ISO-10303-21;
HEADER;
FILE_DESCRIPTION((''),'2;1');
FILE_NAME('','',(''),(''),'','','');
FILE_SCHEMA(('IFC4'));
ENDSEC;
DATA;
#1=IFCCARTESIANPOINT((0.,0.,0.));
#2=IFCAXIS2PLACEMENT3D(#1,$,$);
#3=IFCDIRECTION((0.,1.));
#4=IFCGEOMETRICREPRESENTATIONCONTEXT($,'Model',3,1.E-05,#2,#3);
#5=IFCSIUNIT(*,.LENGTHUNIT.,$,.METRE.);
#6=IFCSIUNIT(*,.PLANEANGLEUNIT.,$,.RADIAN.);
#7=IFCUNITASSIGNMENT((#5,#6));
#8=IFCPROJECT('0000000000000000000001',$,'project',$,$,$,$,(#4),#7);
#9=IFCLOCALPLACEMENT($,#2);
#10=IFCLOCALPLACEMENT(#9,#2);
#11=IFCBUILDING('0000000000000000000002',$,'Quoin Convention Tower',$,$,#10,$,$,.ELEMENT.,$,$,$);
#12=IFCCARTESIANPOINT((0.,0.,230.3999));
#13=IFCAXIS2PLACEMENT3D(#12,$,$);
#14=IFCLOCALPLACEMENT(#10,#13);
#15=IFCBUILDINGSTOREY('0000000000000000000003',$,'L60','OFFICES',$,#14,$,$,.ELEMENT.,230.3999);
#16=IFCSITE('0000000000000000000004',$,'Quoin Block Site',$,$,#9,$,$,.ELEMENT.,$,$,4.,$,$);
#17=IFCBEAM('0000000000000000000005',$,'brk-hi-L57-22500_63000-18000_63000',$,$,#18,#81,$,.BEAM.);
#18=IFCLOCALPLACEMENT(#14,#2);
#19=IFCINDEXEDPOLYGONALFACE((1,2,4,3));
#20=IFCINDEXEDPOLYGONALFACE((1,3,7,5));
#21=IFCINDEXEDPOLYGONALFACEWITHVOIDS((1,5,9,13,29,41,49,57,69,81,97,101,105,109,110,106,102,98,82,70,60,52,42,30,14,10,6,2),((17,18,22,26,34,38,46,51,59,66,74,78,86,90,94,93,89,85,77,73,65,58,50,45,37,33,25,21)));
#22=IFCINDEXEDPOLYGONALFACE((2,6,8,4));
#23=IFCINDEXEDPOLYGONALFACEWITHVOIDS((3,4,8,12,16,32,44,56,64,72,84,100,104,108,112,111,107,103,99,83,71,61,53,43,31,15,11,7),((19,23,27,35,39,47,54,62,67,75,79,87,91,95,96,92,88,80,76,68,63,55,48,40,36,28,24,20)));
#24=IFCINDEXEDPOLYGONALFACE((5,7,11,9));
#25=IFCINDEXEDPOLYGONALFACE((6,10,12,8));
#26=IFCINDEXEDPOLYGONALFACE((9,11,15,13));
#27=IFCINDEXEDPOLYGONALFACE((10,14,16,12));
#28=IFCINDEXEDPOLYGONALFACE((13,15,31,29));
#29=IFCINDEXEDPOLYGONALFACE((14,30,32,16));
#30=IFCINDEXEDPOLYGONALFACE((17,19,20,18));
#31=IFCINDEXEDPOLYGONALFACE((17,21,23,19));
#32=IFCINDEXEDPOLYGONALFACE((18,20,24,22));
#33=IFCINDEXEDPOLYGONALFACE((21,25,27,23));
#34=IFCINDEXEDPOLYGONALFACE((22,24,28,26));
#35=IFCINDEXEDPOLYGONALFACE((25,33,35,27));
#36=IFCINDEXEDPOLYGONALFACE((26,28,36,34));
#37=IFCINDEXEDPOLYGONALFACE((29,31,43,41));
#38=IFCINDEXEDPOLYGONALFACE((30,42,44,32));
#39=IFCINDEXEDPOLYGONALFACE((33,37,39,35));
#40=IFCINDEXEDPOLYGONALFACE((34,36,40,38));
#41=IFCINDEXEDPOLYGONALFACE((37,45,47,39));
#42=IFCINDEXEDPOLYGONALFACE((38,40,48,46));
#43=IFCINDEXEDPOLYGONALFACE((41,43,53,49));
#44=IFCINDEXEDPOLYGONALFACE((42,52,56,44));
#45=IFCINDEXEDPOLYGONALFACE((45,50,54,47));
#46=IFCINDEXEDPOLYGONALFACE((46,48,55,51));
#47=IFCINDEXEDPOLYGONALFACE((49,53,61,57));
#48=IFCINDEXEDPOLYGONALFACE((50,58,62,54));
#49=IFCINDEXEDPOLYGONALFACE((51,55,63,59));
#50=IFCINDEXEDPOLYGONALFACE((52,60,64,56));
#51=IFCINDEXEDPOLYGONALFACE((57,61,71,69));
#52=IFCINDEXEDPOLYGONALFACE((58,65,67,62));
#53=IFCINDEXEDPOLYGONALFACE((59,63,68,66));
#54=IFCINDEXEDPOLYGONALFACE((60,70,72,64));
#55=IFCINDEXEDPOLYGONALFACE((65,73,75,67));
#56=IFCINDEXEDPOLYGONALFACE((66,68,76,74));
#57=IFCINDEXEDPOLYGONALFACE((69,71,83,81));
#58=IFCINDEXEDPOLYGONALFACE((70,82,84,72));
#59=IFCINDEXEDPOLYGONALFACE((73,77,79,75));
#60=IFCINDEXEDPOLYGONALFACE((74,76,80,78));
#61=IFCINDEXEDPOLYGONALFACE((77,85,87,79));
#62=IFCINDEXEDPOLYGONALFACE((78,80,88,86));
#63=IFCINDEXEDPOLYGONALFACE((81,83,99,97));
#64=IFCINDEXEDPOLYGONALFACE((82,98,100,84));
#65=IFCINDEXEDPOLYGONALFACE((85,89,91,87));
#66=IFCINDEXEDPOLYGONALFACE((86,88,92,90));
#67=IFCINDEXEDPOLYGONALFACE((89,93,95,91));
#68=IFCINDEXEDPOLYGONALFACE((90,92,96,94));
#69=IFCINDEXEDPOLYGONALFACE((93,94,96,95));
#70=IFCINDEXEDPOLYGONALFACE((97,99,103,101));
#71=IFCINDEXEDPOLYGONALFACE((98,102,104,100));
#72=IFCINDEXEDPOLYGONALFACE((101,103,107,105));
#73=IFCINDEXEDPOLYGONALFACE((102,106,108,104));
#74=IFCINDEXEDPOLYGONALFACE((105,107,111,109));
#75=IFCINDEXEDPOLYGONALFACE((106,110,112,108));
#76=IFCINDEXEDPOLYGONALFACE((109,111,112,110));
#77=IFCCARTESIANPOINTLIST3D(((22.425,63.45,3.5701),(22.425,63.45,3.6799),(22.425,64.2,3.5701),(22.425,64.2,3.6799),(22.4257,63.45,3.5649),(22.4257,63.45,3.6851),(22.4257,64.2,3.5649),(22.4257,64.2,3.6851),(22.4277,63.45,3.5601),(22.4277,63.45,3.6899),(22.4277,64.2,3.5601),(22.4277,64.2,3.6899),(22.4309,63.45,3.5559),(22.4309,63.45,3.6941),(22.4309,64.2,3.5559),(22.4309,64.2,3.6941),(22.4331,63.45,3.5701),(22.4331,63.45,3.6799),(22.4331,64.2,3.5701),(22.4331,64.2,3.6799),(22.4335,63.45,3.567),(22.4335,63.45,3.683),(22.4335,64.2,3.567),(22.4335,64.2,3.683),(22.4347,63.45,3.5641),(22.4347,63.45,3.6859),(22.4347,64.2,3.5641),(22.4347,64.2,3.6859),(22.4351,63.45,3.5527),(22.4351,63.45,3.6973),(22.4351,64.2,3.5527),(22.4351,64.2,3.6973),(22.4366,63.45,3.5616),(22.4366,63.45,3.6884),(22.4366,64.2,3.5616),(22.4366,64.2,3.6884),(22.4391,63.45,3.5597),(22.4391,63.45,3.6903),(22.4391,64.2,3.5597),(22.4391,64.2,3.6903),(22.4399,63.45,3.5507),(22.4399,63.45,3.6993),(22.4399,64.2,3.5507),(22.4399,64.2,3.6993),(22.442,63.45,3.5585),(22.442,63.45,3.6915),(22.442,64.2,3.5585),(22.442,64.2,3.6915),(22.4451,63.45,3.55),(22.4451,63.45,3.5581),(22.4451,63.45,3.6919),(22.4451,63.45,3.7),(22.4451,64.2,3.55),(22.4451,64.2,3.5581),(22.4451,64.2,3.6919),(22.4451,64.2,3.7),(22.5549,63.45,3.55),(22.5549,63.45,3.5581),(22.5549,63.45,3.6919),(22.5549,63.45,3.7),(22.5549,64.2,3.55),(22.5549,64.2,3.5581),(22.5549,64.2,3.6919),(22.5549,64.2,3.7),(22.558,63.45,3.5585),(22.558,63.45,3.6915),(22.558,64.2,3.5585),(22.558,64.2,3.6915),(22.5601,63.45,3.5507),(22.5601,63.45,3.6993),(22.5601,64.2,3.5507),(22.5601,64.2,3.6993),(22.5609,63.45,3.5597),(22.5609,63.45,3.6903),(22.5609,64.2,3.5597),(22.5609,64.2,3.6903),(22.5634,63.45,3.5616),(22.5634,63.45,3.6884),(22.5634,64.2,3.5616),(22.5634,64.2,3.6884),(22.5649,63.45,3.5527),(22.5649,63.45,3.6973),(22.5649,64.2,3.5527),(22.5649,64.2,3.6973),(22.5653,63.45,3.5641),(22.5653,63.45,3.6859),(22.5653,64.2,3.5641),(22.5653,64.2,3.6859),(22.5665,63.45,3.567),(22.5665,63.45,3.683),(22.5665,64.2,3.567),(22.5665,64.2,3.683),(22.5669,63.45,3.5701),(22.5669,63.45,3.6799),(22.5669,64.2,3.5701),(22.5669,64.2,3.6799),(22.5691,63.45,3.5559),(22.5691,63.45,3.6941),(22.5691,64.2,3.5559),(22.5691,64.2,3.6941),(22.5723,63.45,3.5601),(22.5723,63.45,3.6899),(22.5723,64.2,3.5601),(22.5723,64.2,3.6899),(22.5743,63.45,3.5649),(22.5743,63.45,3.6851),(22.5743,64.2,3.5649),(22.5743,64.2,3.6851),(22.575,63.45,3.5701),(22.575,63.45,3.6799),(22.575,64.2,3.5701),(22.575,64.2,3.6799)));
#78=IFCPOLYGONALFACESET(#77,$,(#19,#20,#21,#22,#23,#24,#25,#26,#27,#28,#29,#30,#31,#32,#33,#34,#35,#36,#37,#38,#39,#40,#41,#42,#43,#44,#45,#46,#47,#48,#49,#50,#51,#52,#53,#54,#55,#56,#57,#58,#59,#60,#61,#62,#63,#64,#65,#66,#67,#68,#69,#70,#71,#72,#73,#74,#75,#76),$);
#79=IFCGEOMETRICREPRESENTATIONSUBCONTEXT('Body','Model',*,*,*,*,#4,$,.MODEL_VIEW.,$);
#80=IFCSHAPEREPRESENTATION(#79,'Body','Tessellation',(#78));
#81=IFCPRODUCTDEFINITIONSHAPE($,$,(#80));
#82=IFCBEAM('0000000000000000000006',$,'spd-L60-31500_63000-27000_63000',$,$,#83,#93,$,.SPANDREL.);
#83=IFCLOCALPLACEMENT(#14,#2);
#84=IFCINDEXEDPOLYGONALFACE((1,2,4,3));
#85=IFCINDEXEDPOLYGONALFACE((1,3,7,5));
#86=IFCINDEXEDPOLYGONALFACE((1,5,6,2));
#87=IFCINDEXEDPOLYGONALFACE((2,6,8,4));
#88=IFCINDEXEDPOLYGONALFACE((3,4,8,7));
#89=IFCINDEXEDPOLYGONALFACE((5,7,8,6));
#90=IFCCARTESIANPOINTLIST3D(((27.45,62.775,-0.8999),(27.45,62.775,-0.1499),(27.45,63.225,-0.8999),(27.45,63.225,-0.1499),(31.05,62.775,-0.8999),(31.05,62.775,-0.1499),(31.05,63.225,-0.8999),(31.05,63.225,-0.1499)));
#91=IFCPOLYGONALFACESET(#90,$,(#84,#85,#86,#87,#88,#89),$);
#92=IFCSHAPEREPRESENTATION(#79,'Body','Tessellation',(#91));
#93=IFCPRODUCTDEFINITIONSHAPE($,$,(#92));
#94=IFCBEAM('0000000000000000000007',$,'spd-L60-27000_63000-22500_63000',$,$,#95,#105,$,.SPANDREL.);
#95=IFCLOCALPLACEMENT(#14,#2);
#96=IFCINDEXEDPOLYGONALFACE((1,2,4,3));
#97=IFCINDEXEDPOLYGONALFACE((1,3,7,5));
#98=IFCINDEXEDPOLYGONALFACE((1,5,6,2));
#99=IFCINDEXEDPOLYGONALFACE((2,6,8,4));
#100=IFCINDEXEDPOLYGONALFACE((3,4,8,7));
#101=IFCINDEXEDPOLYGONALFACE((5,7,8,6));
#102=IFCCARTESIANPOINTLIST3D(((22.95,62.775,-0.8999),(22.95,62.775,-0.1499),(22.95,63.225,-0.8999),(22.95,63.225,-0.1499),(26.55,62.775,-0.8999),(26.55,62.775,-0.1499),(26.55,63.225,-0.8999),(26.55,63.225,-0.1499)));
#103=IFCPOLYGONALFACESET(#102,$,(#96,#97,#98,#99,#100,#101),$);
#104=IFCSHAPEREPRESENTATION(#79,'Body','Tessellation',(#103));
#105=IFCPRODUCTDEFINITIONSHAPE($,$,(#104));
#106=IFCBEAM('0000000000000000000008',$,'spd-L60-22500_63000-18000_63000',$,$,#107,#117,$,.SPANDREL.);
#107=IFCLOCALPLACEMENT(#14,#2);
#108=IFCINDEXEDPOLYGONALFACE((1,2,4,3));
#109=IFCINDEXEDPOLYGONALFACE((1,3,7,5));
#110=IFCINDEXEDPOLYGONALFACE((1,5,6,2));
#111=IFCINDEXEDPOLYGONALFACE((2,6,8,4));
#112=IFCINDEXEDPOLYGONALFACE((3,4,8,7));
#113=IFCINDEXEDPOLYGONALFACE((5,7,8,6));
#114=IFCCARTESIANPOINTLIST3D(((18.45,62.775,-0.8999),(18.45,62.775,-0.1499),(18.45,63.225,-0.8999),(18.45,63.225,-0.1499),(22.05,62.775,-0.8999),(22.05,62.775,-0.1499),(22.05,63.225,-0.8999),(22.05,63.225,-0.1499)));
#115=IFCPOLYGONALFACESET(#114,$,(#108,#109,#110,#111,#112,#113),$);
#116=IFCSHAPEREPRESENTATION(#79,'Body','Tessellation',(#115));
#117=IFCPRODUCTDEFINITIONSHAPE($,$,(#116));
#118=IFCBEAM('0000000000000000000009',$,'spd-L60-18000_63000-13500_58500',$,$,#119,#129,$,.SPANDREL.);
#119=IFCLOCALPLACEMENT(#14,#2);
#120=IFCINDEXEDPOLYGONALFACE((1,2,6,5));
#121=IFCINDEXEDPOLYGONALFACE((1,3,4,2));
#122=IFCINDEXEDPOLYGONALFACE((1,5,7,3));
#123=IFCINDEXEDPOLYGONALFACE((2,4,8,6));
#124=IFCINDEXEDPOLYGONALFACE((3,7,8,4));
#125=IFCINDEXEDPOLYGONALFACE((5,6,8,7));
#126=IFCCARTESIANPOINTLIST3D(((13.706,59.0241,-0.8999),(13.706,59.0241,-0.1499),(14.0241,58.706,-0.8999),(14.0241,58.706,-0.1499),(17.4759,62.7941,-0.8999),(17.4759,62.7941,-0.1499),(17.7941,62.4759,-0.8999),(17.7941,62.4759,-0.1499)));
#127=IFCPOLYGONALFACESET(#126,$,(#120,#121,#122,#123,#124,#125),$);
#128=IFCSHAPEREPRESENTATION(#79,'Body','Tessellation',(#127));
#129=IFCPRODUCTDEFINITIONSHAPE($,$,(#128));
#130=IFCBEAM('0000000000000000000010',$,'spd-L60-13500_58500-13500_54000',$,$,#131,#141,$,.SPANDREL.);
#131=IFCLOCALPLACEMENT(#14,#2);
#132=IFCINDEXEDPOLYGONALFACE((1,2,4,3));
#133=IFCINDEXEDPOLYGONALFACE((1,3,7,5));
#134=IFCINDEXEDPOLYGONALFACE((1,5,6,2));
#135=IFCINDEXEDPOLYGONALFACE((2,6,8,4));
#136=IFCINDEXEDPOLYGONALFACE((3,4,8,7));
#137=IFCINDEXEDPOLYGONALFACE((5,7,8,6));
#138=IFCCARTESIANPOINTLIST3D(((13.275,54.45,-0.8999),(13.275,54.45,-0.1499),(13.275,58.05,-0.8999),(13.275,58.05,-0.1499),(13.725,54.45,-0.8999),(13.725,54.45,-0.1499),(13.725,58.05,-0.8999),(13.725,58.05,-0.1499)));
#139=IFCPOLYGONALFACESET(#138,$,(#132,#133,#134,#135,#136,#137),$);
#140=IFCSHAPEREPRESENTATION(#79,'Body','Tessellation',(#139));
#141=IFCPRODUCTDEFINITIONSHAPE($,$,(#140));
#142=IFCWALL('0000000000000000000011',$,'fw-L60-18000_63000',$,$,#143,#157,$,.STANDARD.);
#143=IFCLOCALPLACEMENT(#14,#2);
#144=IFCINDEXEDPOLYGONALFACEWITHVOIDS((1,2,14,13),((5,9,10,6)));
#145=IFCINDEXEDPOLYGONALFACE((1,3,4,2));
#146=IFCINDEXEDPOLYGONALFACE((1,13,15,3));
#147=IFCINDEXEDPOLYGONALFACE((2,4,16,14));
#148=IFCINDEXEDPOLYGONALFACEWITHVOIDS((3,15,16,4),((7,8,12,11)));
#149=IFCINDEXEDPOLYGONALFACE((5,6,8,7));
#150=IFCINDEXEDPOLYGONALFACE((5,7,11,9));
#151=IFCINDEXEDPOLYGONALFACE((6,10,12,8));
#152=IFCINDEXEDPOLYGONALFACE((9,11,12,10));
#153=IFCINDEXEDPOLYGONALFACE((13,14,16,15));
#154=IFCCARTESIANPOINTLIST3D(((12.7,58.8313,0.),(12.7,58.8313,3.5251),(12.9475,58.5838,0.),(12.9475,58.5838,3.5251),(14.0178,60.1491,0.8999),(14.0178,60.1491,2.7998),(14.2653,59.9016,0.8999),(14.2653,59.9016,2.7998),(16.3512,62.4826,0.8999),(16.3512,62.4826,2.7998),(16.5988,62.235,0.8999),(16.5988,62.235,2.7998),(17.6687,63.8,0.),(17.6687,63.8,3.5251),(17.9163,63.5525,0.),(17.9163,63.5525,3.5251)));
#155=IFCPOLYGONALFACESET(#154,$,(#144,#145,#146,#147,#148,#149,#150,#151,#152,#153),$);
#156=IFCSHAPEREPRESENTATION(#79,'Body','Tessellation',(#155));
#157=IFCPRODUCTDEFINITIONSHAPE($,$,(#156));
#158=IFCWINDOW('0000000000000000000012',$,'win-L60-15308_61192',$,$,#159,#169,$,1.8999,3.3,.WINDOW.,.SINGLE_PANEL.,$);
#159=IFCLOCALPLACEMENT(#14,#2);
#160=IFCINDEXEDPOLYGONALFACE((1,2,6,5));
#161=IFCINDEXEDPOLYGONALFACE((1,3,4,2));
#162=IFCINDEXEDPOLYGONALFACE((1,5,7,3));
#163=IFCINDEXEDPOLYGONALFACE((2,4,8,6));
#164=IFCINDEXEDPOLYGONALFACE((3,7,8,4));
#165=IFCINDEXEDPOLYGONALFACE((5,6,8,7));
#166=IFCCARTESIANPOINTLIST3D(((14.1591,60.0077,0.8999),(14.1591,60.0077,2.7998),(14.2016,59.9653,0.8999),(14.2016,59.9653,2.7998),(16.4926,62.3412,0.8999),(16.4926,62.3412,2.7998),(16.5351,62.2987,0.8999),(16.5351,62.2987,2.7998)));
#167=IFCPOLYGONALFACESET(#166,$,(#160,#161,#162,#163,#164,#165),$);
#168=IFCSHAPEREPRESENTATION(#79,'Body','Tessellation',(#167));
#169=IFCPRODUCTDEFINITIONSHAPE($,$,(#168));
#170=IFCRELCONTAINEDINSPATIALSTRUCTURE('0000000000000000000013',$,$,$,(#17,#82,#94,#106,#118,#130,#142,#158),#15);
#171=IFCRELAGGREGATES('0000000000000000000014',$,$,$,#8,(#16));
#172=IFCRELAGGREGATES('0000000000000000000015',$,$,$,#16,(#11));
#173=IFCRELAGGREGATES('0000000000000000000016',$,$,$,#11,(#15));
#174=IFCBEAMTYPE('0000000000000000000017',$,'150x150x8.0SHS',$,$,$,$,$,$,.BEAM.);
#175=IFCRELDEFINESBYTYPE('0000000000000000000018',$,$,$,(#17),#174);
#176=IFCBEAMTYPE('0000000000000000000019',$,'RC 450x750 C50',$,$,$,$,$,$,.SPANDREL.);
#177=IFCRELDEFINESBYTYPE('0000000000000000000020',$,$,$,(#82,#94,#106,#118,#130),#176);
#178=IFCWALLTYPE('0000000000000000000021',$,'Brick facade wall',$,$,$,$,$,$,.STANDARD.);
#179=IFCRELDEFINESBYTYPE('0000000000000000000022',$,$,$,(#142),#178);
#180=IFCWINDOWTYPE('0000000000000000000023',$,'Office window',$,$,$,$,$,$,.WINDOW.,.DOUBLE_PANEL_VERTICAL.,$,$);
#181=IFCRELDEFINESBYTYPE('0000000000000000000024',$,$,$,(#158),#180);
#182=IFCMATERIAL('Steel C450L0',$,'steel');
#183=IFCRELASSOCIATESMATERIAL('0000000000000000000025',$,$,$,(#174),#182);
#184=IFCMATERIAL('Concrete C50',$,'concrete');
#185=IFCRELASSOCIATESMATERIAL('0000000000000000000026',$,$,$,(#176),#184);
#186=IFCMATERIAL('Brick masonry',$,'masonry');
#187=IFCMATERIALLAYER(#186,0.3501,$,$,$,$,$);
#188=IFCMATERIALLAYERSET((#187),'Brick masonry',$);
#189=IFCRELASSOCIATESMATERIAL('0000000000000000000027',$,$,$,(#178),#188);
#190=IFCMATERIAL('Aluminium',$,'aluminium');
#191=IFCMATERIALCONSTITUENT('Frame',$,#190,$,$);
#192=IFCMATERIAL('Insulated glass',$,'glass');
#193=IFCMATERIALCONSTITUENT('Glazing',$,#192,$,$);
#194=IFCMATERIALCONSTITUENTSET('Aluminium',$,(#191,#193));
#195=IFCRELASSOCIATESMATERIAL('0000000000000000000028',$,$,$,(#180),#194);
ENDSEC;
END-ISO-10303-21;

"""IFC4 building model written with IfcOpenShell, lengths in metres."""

from ifc_helpers import new_model, si_unit, direction, frame, frame_2d, origin, origin_2d, place, context, subcontext, project, spatial, rectangle, hollow_rectangle, extrude, material, layer, layer_set, constituent, constituent_set, material_profile, profile_set, type_object, element, fill, save


model = new_model("IFC4")

# Units and contexts
model_context = context("Model", 3, precision=1e-05, world=origin(), true_north=direction((0.0, 1.0)))
body_context = subcontext(model_context, "Body", "Model", "MODEL_VIEW")
ifc_project = project(units=[si_unit("LENGTHUNIT", "METRE"), si_unit("PLANEANGLEUNIT", "RADIAN")], contexts=[model_context])

# Site, building, storey
site_placement = place(None, origin())
site = spatial("IfcSite", under=ifc_project, at=site_placement, Name="Quoin Block Site", CompositionType="ELEMENT", RefElevation=4.0)
building_placement = place(site_placement, origin())
building = spatial("IfcBuilding", under=site, at=building_placement, Name="Quoin Convention Tower", CompositionType="ELEMENT")
storey_placement = place(building_placement, frame((0.0, 0.0, 230.3999)))
storey = spatial("IfcBuildingStorey", under=building, at=storey_placement, Name="L60", Description="OFFICES", CompositionType="ELEMENT", Elevation=230.3999)

# Shared definitions
ifc_material_1 = material(Name="Concrete C50", Category="concrete")

# Beams
ifc_material_2 = material(Name="Steel C450L0", Category="steel")
ifc_material_profile_1 = material_profile(ifc_material_2, hollow_rectangle(XDim=0.1499, YDim=0.1499, WallThickness=0.0081, InnerFilletRadius=0.012, OuterFilletRadius=0.02, at=origin_2d()), Name="150x150x8.0SHS")
ifc_profile_set_1 = profile_set([ifc_material_profile_1], Name="Steel C450L0")
beam_type_1 = type_object("IfcBeamType", Name="150x150x8.0SHS", PredefinedType="BEAM", material=ifc_profile_set_1)
for number, where, z_axis, x_axis, name in (
    (1, (22.5, 63.45, 3.625), (0.0, 1.0, 0.0), (-1.0, 0.0, 0.0), "brk-hi-L57-22500_63000-18000_63000"),
):
    element("IfcBeam", number, at=place(storey_placement, frame(where, z_axis=z_axis, x_axis=x_axis)), inside=storey, type_object=beam_type_1, Name=name, PredefinedType="BEAM", context=body_context, shape_type="SweptSolid", body=[
        extrude(hollow_rectangle(XDim=0.1499, YDim=0.1499, WallThickness=0.0081, InnerFilletRadius=0.012, OuterFilletRadius=0.02, at=origin_2d()), origin(), (0.0, 0.0, 1.0), 0.75),
    ])
ifc_material_profile_2 = material_profile(ifc_material_1, rectangle(XDim=0.45, YDim=0.75, at=origin_2d()), Name="RC 450x750")
ifc_profile_set_2 = profile_set([ifc_material_profile_2], Name="Concrete C50")
beam_type_2 = type_object("IfcBeamType", Name="RC 450x750 C50", PredefinedType="SPANDREL", material=ifc_profile_set_2)
for number, where, z_axis, x_axis, name in (
    (2, (31.05, 63.0, -0.5249), (-1.0, 0.0, 0.0), (0.0, -1.0, 0.0), "spd-L60-31500_63000-27000_63000"),
    (3, (26.55, 63.0, -0.5249), (-1.0, 0.0, 0.0), (0.0, -1.0, 0.0), "spd-L60-27000_63000-22500_63000"),
    (4, (22.05, 63.0, -0.5249), (-1.0, 0.0, 0.0), (0.0, -1.0, 0.0), "spd-L60-22500_63000-18000_63000"),
):
    element("IfcBeam", number, at=place(storey_placement, frame(where, z_axis=z_axis, x_axis=x_axis)), inside=storey, type_object=beam_type_2, Name=name, PredefinedType="SPANDREL", context=body_context, shape_type="SweptSolid", body=[
        extrude(rectangle(XDim=0.45, YDim=0.75, at=origin_2d()), origin(), (0.0, 0.0, 1.0), 3.6001),
    ])
beam_1_placement = place(storey_placement, frame((17.635, 62.635, -0.5249), z_axis=(-0.707107, -0.707107, 0.0), x_axis=(0.707107, -0.707107, 0.0)))
element("IfcBeam", 5, at=beam_1_placement, inside=storey, type_object=beam_type_2, Name="spd-L60-18000_63000-13500_58500", PredefinedType="SPANDREL", context=body_context, shape_type="SweptSolid", body=[
    extrude(rectangle(XDim=0.45, YDim=0.75, at=origin_2d()), origin(), (0.0, 0.0, 1.0), 5.3315),
])
beam_2_placement = place(storey_placement, frame((13.5, 58.05, -0.5249), z_axis=(0.0, -1.0, 0.0), x_axis=(1.0, 0.0, 0.0)))
element("IfcBeam", 6, at=beam_2_placement, inside=storey, type_object=beam_type_2, Name="spd-L60-13500_58500-13500_54000", PredefinedType="SPANDREL", context=body_context, shape_type="SweptSolid", body=[
    extrude(rectangle(XDim=0.45, YDim=0.75, at=origin_2d()), origin(), (0.0, 0.0, 1.0), 3.6001),
])

# Wall, opening, window
ifc_material_3 = material(Name="Brick masonry", Category="masonry")
ifc_layer_1 = layer(ifc_material_3, 0.3501)
ifc_layer_set_1 = layer_set([ifc_layer_1], Name="Brick masonry")
wall_type_1 = type_object("IfcWallType", Name="Brick facade wall", PredefinedType="STANDARD", material=ifc_layer_set_1)
wall_1_placement = place(storey_placement, frame((17.7925, 63.6763, 0.0), z_axis=(0.0, 0.0, 1.0), x_axis=(-0.707107, -0.707107, 0.0)))
wall_1 = element("IfcWall", 7, at=wall_1_placement, inside=storey, type_object=wall_type_1, Name="fw-L60-18000_63000", PredefinedType="STANDARD", context=body_context, shape_type="SweptSolid", body=[
    extrude(rectangle(XDim=7.0269, YDim=0.3501, at=frame_2d((3.5134, 0.0))), origin(), (0.0, 0.0, 1.0), 3.5251),
])
opening_1_placement = place(wall_1_placement, frame((1.8633, 0.0, 0.8999)))
opening_1 = element("IfcOpeningElement", 8, at=opening_1_placement, cuts=wall_1, PredefinedType="OPENING", context=body_context, shape_type="SweptSolid", body=[
    extrude(rectangle(XDim=3.3, YDim=1.8999, at=frame_2d((1.6499, 0.95))), frame((0.0, 0.1851, 0.0), z_axis=(0.0, -1.0, 0.0), x_axis=(1.0, 0.0, 0.0)), (0.0, 0.0, 1.0), 0.3701),
])
ifc_material_4 = material(Name="Aluminium", Category="aluminium")
ifc_constituent_1 = constituent(ifc_material_4, Name="Frame")
ifc_material_5 = material(Name="Insulated glass", Category="glass")
ifc_constituent_2 = constituent(ifc_material_5, Name="Glazing")
ifc_constituent_set = constituent_set(constituents=[ifc_constituent_1, ifc_constituent_2], Name="Aluminium")
window_type = type_object("IfcWindowType", Name="Office window", PartitioningType="DOUBLE_PANEL_VERTICAL", PredefinedType="WINDOW", material=ifc_constituent_set)
window_1_placement = place(opening_1_placement, origin())
window_1 = element("IfcWindow", 9, at=window_1_placement, inside=storey, type_object=window_type, Name="win-L60-15308_61192", OverallHeight=1.8999, OverallWidth=3.3, PartitioningType="SINGLE_PANEL", PredefinedType="WINDOW", context=body_context, shape_type="SweptSolid", body=[
    extrude(rectangle(XDim=3.3, YDim=1.8999, at=frame_2d((1.6499, 0.95))), frame((0.0, 0.085, 0.0), z_axis=(0.0, -1.0, 0.0), x_axis=(1.0, 0.0, 0.0)), (0.0, 0.0, 1.0), 0.0601),
])
fill(opening_1, window_1)

save(model, "model.ifc")
